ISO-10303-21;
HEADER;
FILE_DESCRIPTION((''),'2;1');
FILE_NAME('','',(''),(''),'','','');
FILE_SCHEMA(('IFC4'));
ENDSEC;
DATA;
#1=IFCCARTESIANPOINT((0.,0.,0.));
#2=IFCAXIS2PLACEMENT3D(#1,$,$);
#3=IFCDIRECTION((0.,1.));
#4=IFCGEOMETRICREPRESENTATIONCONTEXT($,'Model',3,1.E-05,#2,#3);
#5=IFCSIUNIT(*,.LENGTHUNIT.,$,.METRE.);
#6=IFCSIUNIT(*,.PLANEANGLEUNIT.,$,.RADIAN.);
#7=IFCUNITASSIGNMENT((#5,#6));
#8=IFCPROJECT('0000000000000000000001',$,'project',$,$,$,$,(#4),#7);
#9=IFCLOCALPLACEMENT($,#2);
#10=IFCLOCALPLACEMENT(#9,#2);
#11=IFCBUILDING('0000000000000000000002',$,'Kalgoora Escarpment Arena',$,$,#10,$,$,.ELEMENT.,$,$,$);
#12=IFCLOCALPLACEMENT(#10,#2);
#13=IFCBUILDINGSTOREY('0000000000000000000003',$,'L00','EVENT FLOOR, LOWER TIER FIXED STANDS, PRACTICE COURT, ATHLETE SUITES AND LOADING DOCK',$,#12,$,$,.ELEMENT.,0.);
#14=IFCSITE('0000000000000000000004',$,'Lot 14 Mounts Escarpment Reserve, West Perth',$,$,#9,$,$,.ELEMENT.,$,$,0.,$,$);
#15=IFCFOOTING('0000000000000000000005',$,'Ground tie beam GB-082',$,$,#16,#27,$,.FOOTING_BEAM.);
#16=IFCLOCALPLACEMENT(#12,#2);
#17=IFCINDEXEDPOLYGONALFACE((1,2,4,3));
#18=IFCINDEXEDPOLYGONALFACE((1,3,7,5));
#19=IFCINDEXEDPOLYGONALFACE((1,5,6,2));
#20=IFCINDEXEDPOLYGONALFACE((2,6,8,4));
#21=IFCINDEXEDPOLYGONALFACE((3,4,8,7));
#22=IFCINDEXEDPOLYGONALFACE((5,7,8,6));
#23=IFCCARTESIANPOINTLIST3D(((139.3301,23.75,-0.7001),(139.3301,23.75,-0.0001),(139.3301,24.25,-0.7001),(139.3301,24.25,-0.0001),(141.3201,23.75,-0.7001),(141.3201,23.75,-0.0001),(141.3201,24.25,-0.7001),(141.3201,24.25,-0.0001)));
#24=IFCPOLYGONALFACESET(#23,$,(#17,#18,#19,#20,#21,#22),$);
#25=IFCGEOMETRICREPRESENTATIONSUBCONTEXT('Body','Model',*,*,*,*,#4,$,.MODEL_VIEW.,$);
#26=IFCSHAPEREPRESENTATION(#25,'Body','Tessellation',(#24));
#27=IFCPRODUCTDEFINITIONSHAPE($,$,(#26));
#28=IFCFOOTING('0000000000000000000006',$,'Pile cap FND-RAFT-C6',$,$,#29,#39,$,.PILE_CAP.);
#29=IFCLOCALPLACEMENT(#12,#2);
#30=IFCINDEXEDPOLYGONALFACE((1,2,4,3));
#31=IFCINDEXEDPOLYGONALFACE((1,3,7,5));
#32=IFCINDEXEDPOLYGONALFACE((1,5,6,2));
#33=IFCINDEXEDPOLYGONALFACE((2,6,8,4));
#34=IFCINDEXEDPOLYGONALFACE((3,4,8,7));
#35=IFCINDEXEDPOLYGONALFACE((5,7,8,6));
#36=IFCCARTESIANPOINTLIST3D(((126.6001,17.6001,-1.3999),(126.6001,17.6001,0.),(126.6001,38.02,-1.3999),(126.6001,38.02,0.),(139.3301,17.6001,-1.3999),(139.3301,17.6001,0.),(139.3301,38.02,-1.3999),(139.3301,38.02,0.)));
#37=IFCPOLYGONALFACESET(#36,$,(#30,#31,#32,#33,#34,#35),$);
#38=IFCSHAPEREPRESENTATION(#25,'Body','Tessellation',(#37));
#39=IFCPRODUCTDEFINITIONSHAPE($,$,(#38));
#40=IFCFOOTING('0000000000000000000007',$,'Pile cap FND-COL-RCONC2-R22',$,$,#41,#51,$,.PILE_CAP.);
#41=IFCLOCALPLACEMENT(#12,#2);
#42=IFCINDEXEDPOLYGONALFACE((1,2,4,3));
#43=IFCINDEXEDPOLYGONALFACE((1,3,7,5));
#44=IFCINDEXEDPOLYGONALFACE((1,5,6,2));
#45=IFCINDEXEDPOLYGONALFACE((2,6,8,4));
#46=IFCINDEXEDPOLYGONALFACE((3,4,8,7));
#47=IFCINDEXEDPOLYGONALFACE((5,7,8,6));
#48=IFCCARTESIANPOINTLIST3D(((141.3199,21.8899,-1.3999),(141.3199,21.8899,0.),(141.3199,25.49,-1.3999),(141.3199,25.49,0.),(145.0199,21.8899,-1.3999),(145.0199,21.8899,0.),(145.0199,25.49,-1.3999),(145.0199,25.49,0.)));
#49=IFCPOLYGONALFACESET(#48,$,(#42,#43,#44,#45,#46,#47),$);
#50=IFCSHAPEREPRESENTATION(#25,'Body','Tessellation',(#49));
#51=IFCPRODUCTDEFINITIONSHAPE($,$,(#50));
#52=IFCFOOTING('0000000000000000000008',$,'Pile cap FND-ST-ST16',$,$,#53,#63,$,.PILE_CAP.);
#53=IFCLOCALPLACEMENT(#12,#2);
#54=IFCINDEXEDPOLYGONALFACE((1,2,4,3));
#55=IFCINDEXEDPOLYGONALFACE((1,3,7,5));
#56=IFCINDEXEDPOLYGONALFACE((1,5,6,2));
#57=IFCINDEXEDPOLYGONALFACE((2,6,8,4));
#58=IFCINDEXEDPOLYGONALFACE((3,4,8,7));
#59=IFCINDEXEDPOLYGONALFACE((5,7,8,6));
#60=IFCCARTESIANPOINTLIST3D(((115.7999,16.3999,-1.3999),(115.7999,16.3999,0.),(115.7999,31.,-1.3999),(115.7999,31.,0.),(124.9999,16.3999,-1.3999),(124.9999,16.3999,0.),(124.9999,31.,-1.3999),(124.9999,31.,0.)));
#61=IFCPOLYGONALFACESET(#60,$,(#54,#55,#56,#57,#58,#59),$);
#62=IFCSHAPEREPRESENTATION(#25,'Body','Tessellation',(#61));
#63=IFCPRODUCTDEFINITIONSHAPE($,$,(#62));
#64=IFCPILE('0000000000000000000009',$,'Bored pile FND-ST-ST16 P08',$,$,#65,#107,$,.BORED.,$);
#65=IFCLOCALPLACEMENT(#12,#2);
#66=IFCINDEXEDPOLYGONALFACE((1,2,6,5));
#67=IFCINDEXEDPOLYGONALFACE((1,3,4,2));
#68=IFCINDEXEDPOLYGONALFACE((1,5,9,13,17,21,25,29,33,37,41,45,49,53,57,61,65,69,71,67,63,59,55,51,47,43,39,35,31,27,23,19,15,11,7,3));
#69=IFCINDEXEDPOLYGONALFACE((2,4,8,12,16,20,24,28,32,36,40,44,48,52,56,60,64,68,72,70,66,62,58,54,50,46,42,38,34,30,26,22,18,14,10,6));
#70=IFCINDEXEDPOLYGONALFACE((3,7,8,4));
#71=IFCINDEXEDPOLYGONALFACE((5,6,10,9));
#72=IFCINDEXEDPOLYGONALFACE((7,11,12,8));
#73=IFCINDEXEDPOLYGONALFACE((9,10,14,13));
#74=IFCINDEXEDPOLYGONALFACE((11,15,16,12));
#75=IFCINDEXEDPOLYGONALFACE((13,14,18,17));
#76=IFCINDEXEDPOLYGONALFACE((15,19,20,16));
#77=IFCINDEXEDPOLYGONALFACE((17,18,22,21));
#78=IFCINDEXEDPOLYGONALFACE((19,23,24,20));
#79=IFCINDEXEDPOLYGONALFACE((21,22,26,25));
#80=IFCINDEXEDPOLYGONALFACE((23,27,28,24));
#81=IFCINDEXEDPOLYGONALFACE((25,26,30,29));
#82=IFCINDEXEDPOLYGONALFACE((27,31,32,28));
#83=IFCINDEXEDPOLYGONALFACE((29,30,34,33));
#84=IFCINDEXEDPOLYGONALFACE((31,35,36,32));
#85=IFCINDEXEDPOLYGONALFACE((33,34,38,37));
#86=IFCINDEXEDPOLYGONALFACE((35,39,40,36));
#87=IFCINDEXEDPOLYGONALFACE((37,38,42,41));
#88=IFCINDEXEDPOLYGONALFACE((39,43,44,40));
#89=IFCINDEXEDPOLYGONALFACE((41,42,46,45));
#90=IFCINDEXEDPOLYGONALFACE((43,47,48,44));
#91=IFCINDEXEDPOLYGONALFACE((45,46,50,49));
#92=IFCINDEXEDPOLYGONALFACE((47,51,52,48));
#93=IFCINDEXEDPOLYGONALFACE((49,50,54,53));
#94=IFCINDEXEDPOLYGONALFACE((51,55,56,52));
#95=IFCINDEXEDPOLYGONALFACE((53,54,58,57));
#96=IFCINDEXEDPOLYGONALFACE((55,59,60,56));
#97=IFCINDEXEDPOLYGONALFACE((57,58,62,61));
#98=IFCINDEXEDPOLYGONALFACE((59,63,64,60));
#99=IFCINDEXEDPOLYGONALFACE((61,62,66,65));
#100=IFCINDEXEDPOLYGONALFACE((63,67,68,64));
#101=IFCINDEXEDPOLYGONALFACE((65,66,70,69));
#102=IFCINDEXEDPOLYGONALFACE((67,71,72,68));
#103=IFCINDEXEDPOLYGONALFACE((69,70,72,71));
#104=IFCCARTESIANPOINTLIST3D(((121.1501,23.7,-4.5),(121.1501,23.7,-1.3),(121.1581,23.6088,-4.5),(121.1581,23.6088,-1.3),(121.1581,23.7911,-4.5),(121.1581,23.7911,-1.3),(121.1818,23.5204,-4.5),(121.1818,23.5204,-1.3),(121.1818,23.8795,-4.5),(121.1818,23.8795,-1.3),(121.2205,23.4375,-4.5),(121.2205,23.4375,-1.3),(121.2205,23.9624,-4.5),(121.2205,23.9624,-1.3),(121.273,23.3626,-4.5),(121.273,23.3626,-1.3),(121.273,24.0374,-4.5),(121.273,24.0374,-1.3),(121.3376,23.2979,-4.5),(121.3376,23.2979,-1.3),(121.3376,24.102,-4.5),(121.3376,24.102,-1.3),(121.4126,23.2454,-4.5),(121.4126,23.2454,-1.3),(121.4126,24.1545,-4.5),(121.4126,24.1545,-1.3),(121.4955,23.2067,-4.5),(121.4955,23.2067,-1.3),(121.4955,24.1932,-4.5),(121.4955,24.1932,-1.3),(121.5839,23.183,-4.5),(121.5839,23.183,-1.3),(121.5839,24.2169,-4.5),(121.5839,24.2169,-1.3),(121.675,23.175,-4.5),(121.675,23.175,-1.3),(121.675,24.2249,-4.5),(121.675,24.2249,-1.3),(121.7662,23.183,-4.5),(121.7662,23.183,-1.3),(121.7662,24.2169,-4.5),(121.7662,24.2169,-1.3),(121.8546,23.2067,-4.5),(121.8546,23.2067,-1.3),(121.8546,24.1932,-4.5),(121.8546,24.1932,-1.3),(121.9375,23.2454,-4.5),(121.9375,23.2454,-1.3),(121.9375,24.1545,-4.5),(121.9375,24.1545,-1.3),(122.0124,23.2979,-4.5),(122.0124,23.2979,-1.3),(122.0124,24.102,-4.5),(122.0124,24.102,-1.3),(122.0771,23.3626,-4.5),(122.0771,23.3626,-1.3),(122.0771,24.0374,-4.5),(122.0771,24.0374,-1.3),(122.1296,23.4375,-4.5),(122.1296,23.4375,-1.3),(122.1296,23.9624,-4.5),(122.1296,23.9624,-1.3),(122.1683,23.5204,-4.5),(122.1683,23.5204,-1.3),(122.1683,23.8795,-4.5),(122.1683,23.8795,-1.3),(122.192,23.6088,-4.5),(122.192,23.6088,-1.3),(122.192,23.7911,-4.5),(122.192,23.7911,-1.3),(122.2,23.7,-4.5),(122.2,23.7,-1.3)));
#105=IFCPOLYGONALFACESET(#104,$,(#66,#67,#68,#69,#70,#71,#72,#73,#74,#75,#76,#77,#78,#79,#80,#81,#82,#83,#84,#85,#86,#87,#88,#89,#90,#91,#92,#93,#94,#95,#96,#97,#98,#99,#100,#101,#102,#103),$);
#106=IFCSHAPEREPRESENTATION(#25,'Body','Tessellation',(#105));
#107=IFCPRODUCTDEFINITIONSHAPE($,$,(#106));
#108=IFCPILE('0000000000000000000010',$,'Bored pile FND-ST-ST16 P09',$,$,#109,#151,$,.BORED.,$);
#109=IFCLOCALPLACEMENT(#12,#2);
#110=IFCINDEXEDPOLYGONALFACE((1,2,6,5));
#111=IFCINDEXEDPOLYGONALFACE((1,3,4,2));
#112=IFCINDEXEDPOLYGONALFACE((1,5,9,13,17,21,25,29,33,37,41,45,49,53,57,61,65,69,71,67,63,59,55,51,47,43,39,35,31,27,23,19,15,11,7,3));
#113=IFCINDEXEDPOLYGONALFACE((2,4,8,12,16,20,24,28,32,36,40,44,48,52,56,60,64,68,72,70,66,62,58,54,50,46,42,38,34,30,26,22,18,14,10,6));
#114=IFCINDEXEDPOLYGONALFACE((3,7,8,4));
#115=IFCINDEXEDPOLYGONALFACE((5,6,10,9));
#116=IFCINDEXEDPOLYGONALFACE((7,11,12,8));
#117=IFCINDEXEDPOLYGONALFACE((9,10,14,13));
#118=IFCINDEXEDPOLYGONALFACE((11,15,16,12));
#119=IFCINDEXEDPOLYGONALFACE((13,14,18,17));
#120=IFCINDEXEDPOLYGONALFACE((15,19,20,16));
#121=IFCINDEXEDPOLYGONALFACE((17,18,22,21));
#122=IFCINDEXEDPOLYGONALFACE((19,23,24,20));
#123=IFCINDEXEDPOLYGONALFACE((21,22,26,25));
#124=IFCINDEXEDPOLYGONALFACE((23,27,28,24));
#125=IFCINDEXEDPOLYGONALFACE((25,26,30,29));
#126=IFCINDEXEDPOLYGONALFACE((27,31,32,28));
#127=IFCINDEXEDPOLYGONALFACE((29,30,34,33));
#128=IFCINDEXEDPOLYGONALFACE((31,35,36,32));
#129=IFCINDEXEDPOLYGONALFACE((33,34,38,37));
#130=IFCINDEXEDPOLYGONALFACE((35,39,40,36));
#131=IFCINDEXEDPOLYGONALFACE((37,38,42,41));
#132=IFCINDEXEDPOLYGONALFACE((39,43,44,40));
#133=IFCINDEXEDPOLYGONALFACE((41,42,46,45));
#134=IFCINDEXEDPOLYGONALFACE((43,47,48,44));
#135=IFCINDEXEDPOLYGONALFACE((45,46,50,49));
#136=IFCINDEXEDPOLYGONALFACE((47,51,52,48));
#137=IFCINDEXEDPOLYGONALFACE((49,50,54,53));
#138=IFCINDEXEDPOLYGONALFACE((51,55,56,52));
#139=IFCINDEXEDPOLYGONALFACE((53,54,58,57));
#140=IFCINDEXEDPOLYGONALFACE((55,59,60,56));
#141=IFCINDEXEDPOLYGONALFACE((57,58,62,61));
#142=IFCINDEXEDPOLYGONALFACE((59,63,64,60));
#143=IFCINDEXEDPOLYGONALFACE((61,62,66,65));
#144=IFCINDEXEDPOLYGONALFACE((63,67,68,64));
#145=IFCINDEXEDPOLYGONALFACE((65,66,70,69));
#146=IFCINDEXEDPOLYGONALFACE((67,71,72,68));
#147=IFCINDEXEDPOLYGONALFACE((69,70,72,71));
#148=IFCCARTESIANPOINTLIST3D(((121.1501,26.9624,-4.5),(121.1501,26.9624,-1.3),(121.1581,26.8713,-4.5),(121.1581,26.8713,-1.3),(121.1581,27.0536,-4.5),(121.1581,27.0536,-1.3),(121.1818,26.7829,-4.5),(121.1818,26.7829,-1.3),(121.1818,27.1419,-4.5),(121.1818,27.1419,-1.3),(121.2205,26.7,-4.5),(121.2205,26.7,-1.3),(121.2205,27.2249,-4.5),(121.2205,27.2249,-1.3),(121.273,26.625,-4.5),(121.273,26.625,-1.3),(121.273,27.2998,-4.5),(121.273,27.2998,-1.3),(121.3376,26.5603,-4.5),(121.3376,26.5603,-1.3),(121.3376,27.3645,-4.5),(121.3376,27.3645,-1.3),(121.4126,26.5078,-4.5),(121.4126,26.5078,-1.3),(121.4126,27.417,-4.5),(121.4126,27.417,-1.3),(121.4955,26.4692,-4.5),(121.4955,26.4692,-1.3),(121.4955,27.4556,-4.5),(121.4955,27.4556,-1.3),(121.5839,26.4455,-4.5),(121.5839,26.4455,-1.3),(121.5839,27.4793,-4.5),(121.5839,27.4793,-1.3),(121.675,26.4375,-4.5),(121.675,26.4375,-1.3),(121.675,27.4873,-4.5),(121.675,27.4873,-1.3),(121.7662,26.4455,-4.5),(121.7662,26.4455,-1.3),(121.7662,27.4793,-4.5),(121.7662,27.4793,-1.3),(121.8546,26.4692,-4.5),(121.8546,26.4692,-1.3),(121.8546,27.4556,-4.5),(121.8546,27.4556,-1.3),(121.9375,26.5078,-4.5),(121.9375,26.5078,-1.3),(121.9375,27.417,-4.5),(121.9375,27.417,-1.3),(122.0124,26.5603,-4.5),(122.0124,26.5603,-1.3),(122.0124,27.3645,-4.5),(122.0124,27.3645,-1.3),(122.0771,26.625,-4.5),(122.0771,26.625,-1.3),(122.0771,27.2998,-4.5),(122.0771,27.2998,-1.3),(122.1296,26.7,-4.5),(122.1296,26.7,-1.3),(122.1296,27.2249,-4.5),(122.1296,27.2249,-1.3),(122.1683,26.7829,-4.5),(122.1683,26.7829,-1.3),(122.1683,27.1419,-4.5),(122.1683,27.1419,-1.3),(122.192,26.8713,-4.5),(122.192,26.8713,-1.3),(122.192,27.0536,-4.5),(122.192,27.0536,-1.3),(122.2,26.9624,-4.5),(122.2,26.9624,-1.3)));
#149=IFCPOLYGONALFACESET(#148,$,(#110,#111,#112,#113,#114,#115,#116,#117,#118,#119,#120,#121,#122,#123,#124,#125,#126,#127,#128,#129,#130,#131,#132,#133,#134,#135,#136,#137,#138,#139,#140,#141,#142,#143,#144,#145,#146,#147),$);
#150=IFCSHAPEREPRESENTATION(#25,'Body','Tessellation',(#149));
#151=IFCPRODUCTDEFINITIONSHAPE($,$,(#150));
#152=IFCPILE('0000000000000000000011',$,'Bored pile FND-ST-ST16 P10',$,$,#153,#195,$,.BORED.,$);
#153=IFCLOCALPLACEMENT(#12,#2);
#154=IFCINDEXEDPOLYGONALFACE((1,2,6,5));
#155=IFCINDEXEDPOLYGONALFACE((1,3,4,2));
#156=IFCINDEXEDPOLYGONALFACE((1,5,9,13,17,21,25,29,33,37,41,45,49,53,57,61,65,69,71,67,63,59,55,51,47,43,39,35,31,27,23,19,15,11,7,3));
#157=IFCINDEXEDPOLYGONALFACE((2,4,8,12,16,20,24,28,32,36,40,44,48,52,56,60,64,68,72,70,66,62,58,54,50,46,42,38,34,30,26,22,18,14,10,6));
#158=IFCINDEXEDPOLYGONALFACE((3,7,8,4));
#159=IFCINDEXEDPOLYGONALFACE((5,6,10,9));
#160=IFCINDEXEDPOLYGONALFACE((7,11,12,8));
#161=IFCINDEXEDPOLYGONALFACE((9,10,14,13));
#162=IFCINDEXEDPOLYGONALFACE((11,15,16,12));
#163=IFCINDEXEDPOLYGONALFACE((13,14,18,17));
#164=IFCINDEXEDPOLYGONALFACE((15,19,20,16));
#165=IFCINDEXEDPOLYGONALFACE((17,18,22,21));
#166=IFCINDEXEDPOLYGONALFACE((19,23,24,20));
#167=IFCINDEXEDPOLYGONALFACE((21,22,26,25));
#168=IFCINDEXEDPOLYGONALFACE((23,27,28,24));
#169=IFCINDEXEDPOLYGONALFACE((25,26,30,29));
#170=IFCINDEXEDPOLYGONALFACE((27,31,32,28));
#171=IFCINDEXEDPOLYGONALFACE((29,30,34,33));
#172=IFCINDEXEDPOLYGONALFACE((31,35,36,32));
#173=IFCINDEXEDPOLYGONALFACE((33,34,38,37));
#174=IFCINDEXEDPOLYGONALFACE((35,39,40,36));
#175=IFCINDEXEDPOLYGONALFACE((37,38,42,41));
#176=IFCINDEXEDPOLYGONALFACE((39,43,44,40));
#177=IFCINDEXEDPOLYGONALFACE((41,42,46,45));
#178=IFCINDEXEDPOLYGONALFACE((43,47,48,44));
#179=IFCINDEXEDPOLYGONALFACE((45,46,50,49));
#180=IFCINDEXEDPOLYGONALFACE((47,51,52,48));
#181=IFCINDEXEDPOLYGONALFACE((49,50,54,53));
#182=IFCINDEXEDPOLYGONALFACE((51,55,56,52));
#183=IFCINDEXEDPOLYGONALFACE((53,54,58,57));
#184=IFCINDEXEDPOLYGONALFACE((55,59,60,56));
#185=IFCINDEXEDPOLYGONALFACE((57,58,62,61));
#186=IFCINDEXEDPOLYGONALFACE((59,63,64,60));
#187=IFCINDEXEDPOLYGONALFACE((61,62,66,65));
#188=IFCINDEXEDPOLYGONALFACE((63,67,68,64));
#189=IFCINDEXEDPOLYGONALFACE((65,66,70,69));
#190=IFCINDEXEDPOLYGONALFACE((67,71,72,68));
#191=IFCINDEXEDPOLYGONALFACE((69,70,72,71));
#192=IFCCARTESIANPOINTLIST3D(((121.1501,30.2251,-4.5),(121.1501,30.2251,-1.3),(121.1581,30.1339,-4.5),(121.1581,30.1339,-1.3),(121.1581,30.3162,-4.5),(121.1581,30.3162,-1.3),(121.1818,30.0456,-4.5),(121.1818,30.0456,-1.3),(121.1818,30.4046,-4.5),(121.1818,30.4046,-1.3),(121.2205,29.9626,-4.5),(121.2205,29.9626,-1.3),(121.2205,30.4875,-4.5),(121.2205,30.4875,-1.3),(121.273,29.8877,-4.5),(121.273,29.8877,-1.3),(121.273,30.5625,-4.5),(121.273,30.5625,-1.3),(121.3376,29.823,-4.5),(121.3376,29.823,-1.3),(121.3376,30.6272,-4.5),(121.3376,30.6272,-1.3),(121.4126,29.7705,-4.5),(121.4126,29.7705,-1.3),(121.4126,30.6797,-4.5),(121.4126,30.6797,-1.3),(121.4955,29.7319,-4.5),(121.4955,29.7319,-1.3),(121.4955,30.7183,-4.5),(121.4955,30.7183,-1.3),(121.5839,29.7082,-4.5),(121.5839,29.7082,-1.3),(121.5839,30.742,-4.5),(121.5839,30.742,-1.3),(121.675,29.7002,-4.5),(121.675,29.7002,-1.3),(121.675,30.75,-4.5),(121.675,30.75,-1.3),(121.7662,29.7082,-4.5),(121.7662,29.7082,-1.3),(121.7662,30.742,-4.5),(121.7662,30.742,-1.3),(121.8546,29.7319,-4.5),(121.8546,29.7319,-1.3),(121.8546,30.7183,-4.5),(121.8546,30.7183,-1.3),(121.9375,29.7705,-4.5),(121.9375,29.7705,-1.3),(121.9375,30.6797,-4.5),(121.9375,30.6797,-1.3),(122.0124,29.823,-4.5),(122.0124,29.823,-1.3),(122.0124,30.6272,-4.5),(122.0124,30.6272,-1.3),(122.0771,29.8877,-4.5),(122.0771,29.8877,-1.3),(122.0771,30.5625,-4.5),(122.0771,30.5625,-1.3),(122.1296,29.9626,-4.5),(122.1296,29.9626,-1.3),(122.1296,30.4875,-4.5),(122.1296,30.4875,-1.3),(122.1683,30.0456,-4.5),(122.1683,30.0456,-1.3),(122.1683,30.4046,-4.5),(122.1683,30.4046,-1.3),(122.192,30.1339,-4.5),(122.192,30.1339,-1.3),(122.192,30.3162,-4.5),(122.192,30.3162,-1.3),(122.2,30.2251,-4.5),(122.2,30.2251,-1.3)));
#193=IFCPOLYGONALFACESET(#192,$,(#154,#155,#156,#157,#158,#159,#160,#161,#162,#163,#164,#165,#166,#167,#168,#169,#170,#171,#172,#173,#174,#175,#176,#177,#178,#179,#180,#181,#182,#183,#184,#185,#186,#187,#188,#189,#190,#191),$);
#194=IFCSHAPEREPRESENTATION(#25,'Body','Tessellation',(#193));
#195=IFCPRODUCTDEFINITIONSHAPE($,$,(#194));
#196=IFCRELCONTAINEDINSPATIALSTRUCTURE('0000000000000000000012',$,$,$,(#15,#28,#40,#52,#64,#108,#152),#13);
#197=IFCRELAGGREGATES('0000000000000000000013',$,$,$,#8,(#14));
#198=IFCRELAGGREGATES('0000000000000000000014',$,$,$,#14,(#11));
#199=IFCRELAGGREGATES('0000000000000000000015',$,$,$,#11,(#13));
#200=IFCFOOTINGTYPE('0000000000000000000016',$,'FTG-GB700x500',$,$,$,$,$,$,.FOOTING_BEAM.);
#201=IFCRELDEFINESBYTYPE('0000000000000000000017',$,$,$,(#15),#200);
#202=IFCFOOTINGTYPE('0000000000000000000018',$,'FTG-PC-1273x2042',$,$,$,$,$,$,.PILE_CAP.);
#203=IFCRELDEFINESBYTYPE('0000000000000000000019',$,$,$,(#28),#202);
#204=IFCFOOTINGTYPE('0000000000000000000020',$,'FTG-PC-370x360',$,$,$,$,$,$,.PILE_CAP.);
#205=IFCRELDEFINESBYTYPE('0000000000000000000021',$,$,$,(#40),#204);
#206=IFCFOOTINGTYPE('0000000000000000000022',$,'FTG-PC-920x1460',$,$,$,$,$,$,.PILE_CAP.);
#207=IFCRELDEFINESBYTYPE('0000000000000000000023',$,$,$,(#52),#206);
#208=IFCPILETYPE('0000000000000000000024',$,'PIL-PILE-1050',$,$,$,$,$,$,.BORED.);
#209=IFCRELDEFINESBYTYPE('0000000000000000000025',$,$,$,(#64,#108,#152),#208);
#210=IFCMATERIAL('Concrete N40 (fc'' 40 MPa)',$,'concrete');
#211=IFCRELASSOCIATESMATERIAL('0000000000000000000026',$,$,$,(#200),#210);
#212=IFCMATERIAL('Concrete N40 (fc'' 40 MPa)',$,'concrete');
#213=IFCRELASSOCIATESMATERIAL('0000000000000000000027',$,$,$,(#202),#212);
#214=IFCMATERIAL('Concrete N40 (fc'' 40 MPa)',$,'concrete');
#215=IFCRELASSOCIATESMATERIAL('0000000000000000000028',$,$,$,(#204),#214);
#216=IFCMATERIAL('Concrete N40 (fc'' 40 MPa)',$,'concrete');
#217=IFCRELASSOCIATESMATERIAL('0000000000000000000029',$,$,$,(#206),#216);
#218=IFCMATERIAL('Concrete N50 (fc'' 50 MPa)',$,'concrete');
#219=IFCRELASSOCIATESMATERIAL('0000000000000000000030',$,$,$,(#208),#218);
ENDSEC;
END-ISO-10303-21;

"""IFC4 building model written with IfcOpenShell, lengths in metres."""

from ifc_helpers import new_model, si_unit, direction, frame, origin, origin_2d, place, context, subcontext, project, spatial, rectangle, circle, extrude, material, material_profile, profile_set, type_object, element, save


model = new_model("IFC4")

# Units and contexts
model_context = context("Model", 3, precision=1e-05, world=origin(), true_north=direction((0.0, 1.0)))
body_context = subcontext(model_context, "Body", "Model", "MODEL_VIEW")
ifc_project = project(units=[si_unit("LENGTHUNIT", "METRE"), si_unit("PLANEANGLEUNIT", "RADIAN")], contexts=[model_context])

# Site, building, storey
site_placement = place(None, origin())
site = spatial("IfcSite", under=ifc_project, at=site_placement, Name="Lot 14 Mounts Escarpment Reserve, West Perth", CompositionType="ELEMENT", RefElevation=0.0)
building_placement = place(site_placement, origin())
building = spatial("IfcBuilding", under=site, at=building_placement, Name="Kalgoora Escarpment Arena", CompositionType="ELEMENT")
storey_placement = place(building_placement, origin())
storey = spatial("IfcBuildingStorey", under=building, at=storey_placement, Name="L00", Description="EVENT FLOOR, LOWER TIER FIXED STANDS, PRACTICE COURT, ATHLETE SUITES AND LOADING DOCK", CompositionType="ELEMENT", Elevation=0.0)

# Footings
ifc_material_1 = material(Name="Concrete N40 (fc' 40 MPa)", Category="concrete")
ifc_material_profile_1 = material_profile(ifc_material_1, rectangle(XDim=0.5, YDim=0.7, at=origin_2d()))
ifc_profile_set_1 = profile_set([ifc_material_profile_1], Name="Concrete N40 (fc' 40 MPa)")
footing_type_1 = type_object("IfcFootingType", Name="FTG-GB700x500", PredefinedType="FOOTING_BEAM", material=ifc_profile_set_1)
footing_1_placement = place(storey_placement, frame((139.3301, 24.0, -0.3501), z_axis=(1.0, 0.0, 0.0), x_axis=(0.0, 1.0, 0.0)))
element("IfcFooting", 1, at=footing_1_placement, inside=storey, type_object=footing_type_1, Name="Ground tie beam GB-082", PredefinedType="FOOTING_BEAM", context=body_context, shape_type="SweptSolid", body=[
    extrude(rectangle(XDim=0.5, YDim=0.7, at=origin_2d()), origin(), (0.0, 0.0, 1.0), 1.99),
])
ifc_material_2 = material(Name="Concrete N40 (fc' 40 MPa)", Category="concrete")
footing_type_2 = type_object("IfcFootingType", Name="FTG-PC-1273x2042", PredefinedType="PILE_CAP", material=ifc_material_2)
footing_2_placement = place(storey_placement, frame((132.9651, 27.8101, -1.3999), z_axis=(0.0, 0.0, 1.0), x_axis=(1.0, 0.0, 0.0)))
element("IfcFooting", 2, at=footing_2_placement, inside=storey, type_object=footing_type_2, Name="Pile cap FND-RAFT-C6", PredefinedType="PILE_CAP", context=body_context, shape_type="SweptSolid", body=[
    extrude(rectangle(XDim=12.73, YDim=20.4199, at=origin_2d()), origin(), (0.0, 0.0, 1.0), 1.3999),
])
ifc_material_3 = material(Name="Concrete N40 (fc' 40 MPa)", Category="concrete")
footing_type_3 = type_object("IfcFootingType", Name="FTG-PC-370x360", PredefinedType="PILE_CAP", material=ifc_material_3)
footing_3_placement = place(storey_placement, frame((143.1699, 23.6899, -1.3999), z_axis=(0.0, 0.0, 1.0), x_axis=(1.0, 0.0, 0.0)))
element("IfcFooting", 3, at=footing_3_placement, inside=storey, type_object=footing_type_3, Name="Pile cap FND-COL-RCONC2-R22", PredefinedType="PILE_CAP", context=body_context, shape_type="SweptSolid", body=[
    extrude(rectangle(XDim=3.7, YDim=3.6001, at=origin_2d()), origin(), (0.0, 0.0, 1.0), 1.3999),
])
ifc_material_4 = material(Name="Concrete N40 (fc' 40 MPa)", Category="concrete")
footing_type_4 = type_object("IfcFootingType", Name="FTG-PC-920x1460", PredefinedType="PILE_CAP", material=ifc_material_4)
footing_4_placement = place(storey_placement, frame((120.3999, 23.7, -1.3999), z_axis=(0.0, 0.0, 1.0), x_axis=(1.0, 0.0, 0.0)))
element("IfcFooting", 4, at=footing_4_placement, inside=storey, type_object=footing_type_4, Name="Pile cap FND-ST-ST16", PredefinedType="PILE_CAP", context=body_context, shape_type="SweptSolid", body=[
    extrude(rectangle(XDim=9.2, YDim=14.6001, at=origin_2d()), origin(), (0.0, 0.0, 1.0), 1.3999),
])

# Piles
ifc_material_5 = material(Name="Concrete N50 (fc' 50 MPa)", Category="concrete")
ifc_material_profile_2 = material_profile(ifc_material_5, circle(Radius=0.5249, at=origin_2d()))
ifc_profile_set_2 = profile_set([ifc_material_profile_2], Name="Concrete N50 (fc' 50 MPa)")
pile_type_1 = type_object("IfcPileType", Name="PIL-PILE-1050", PredefinedType="BORED", material=ifc_profile_set_2)
for number, where, z_axis, x_axis, name in (
    (5, (121.675, 23.7, -1.3), (0.0, 0.0, -1.0), (1.0, 0.0, 0.0), "Bored pile FND-ST-ST16 P08"),
    (6, (121.675, 26.9624, -1.3), (0.0, 0.0, -1.0), (1.0, 0.0, 0.0), "Bored pile FND-ST-ST16 P09"),
    (7, (121.675, 30.2251, -1.3), (0.0, 0.0, -1.0), (1.0, 0.0, 0.0), "Bored pile FND-ST-ST16 P10"),
):
    element("IfcPile", number, at=place(storey_placement, frame(where, z_axis=z_axis, x_axis=x_axis)), inside=storey, type_object=pile_type_1, Name=name, PredefinedType="BORED", context=body_context, shape_type="SweptSolid", body=[
        extrude(circle(Radius=0.5249, at=origin_2d()), origin(), (0.0, 0.0, 1.0), 3.2),
    ])

save(model, "model.ifc")
